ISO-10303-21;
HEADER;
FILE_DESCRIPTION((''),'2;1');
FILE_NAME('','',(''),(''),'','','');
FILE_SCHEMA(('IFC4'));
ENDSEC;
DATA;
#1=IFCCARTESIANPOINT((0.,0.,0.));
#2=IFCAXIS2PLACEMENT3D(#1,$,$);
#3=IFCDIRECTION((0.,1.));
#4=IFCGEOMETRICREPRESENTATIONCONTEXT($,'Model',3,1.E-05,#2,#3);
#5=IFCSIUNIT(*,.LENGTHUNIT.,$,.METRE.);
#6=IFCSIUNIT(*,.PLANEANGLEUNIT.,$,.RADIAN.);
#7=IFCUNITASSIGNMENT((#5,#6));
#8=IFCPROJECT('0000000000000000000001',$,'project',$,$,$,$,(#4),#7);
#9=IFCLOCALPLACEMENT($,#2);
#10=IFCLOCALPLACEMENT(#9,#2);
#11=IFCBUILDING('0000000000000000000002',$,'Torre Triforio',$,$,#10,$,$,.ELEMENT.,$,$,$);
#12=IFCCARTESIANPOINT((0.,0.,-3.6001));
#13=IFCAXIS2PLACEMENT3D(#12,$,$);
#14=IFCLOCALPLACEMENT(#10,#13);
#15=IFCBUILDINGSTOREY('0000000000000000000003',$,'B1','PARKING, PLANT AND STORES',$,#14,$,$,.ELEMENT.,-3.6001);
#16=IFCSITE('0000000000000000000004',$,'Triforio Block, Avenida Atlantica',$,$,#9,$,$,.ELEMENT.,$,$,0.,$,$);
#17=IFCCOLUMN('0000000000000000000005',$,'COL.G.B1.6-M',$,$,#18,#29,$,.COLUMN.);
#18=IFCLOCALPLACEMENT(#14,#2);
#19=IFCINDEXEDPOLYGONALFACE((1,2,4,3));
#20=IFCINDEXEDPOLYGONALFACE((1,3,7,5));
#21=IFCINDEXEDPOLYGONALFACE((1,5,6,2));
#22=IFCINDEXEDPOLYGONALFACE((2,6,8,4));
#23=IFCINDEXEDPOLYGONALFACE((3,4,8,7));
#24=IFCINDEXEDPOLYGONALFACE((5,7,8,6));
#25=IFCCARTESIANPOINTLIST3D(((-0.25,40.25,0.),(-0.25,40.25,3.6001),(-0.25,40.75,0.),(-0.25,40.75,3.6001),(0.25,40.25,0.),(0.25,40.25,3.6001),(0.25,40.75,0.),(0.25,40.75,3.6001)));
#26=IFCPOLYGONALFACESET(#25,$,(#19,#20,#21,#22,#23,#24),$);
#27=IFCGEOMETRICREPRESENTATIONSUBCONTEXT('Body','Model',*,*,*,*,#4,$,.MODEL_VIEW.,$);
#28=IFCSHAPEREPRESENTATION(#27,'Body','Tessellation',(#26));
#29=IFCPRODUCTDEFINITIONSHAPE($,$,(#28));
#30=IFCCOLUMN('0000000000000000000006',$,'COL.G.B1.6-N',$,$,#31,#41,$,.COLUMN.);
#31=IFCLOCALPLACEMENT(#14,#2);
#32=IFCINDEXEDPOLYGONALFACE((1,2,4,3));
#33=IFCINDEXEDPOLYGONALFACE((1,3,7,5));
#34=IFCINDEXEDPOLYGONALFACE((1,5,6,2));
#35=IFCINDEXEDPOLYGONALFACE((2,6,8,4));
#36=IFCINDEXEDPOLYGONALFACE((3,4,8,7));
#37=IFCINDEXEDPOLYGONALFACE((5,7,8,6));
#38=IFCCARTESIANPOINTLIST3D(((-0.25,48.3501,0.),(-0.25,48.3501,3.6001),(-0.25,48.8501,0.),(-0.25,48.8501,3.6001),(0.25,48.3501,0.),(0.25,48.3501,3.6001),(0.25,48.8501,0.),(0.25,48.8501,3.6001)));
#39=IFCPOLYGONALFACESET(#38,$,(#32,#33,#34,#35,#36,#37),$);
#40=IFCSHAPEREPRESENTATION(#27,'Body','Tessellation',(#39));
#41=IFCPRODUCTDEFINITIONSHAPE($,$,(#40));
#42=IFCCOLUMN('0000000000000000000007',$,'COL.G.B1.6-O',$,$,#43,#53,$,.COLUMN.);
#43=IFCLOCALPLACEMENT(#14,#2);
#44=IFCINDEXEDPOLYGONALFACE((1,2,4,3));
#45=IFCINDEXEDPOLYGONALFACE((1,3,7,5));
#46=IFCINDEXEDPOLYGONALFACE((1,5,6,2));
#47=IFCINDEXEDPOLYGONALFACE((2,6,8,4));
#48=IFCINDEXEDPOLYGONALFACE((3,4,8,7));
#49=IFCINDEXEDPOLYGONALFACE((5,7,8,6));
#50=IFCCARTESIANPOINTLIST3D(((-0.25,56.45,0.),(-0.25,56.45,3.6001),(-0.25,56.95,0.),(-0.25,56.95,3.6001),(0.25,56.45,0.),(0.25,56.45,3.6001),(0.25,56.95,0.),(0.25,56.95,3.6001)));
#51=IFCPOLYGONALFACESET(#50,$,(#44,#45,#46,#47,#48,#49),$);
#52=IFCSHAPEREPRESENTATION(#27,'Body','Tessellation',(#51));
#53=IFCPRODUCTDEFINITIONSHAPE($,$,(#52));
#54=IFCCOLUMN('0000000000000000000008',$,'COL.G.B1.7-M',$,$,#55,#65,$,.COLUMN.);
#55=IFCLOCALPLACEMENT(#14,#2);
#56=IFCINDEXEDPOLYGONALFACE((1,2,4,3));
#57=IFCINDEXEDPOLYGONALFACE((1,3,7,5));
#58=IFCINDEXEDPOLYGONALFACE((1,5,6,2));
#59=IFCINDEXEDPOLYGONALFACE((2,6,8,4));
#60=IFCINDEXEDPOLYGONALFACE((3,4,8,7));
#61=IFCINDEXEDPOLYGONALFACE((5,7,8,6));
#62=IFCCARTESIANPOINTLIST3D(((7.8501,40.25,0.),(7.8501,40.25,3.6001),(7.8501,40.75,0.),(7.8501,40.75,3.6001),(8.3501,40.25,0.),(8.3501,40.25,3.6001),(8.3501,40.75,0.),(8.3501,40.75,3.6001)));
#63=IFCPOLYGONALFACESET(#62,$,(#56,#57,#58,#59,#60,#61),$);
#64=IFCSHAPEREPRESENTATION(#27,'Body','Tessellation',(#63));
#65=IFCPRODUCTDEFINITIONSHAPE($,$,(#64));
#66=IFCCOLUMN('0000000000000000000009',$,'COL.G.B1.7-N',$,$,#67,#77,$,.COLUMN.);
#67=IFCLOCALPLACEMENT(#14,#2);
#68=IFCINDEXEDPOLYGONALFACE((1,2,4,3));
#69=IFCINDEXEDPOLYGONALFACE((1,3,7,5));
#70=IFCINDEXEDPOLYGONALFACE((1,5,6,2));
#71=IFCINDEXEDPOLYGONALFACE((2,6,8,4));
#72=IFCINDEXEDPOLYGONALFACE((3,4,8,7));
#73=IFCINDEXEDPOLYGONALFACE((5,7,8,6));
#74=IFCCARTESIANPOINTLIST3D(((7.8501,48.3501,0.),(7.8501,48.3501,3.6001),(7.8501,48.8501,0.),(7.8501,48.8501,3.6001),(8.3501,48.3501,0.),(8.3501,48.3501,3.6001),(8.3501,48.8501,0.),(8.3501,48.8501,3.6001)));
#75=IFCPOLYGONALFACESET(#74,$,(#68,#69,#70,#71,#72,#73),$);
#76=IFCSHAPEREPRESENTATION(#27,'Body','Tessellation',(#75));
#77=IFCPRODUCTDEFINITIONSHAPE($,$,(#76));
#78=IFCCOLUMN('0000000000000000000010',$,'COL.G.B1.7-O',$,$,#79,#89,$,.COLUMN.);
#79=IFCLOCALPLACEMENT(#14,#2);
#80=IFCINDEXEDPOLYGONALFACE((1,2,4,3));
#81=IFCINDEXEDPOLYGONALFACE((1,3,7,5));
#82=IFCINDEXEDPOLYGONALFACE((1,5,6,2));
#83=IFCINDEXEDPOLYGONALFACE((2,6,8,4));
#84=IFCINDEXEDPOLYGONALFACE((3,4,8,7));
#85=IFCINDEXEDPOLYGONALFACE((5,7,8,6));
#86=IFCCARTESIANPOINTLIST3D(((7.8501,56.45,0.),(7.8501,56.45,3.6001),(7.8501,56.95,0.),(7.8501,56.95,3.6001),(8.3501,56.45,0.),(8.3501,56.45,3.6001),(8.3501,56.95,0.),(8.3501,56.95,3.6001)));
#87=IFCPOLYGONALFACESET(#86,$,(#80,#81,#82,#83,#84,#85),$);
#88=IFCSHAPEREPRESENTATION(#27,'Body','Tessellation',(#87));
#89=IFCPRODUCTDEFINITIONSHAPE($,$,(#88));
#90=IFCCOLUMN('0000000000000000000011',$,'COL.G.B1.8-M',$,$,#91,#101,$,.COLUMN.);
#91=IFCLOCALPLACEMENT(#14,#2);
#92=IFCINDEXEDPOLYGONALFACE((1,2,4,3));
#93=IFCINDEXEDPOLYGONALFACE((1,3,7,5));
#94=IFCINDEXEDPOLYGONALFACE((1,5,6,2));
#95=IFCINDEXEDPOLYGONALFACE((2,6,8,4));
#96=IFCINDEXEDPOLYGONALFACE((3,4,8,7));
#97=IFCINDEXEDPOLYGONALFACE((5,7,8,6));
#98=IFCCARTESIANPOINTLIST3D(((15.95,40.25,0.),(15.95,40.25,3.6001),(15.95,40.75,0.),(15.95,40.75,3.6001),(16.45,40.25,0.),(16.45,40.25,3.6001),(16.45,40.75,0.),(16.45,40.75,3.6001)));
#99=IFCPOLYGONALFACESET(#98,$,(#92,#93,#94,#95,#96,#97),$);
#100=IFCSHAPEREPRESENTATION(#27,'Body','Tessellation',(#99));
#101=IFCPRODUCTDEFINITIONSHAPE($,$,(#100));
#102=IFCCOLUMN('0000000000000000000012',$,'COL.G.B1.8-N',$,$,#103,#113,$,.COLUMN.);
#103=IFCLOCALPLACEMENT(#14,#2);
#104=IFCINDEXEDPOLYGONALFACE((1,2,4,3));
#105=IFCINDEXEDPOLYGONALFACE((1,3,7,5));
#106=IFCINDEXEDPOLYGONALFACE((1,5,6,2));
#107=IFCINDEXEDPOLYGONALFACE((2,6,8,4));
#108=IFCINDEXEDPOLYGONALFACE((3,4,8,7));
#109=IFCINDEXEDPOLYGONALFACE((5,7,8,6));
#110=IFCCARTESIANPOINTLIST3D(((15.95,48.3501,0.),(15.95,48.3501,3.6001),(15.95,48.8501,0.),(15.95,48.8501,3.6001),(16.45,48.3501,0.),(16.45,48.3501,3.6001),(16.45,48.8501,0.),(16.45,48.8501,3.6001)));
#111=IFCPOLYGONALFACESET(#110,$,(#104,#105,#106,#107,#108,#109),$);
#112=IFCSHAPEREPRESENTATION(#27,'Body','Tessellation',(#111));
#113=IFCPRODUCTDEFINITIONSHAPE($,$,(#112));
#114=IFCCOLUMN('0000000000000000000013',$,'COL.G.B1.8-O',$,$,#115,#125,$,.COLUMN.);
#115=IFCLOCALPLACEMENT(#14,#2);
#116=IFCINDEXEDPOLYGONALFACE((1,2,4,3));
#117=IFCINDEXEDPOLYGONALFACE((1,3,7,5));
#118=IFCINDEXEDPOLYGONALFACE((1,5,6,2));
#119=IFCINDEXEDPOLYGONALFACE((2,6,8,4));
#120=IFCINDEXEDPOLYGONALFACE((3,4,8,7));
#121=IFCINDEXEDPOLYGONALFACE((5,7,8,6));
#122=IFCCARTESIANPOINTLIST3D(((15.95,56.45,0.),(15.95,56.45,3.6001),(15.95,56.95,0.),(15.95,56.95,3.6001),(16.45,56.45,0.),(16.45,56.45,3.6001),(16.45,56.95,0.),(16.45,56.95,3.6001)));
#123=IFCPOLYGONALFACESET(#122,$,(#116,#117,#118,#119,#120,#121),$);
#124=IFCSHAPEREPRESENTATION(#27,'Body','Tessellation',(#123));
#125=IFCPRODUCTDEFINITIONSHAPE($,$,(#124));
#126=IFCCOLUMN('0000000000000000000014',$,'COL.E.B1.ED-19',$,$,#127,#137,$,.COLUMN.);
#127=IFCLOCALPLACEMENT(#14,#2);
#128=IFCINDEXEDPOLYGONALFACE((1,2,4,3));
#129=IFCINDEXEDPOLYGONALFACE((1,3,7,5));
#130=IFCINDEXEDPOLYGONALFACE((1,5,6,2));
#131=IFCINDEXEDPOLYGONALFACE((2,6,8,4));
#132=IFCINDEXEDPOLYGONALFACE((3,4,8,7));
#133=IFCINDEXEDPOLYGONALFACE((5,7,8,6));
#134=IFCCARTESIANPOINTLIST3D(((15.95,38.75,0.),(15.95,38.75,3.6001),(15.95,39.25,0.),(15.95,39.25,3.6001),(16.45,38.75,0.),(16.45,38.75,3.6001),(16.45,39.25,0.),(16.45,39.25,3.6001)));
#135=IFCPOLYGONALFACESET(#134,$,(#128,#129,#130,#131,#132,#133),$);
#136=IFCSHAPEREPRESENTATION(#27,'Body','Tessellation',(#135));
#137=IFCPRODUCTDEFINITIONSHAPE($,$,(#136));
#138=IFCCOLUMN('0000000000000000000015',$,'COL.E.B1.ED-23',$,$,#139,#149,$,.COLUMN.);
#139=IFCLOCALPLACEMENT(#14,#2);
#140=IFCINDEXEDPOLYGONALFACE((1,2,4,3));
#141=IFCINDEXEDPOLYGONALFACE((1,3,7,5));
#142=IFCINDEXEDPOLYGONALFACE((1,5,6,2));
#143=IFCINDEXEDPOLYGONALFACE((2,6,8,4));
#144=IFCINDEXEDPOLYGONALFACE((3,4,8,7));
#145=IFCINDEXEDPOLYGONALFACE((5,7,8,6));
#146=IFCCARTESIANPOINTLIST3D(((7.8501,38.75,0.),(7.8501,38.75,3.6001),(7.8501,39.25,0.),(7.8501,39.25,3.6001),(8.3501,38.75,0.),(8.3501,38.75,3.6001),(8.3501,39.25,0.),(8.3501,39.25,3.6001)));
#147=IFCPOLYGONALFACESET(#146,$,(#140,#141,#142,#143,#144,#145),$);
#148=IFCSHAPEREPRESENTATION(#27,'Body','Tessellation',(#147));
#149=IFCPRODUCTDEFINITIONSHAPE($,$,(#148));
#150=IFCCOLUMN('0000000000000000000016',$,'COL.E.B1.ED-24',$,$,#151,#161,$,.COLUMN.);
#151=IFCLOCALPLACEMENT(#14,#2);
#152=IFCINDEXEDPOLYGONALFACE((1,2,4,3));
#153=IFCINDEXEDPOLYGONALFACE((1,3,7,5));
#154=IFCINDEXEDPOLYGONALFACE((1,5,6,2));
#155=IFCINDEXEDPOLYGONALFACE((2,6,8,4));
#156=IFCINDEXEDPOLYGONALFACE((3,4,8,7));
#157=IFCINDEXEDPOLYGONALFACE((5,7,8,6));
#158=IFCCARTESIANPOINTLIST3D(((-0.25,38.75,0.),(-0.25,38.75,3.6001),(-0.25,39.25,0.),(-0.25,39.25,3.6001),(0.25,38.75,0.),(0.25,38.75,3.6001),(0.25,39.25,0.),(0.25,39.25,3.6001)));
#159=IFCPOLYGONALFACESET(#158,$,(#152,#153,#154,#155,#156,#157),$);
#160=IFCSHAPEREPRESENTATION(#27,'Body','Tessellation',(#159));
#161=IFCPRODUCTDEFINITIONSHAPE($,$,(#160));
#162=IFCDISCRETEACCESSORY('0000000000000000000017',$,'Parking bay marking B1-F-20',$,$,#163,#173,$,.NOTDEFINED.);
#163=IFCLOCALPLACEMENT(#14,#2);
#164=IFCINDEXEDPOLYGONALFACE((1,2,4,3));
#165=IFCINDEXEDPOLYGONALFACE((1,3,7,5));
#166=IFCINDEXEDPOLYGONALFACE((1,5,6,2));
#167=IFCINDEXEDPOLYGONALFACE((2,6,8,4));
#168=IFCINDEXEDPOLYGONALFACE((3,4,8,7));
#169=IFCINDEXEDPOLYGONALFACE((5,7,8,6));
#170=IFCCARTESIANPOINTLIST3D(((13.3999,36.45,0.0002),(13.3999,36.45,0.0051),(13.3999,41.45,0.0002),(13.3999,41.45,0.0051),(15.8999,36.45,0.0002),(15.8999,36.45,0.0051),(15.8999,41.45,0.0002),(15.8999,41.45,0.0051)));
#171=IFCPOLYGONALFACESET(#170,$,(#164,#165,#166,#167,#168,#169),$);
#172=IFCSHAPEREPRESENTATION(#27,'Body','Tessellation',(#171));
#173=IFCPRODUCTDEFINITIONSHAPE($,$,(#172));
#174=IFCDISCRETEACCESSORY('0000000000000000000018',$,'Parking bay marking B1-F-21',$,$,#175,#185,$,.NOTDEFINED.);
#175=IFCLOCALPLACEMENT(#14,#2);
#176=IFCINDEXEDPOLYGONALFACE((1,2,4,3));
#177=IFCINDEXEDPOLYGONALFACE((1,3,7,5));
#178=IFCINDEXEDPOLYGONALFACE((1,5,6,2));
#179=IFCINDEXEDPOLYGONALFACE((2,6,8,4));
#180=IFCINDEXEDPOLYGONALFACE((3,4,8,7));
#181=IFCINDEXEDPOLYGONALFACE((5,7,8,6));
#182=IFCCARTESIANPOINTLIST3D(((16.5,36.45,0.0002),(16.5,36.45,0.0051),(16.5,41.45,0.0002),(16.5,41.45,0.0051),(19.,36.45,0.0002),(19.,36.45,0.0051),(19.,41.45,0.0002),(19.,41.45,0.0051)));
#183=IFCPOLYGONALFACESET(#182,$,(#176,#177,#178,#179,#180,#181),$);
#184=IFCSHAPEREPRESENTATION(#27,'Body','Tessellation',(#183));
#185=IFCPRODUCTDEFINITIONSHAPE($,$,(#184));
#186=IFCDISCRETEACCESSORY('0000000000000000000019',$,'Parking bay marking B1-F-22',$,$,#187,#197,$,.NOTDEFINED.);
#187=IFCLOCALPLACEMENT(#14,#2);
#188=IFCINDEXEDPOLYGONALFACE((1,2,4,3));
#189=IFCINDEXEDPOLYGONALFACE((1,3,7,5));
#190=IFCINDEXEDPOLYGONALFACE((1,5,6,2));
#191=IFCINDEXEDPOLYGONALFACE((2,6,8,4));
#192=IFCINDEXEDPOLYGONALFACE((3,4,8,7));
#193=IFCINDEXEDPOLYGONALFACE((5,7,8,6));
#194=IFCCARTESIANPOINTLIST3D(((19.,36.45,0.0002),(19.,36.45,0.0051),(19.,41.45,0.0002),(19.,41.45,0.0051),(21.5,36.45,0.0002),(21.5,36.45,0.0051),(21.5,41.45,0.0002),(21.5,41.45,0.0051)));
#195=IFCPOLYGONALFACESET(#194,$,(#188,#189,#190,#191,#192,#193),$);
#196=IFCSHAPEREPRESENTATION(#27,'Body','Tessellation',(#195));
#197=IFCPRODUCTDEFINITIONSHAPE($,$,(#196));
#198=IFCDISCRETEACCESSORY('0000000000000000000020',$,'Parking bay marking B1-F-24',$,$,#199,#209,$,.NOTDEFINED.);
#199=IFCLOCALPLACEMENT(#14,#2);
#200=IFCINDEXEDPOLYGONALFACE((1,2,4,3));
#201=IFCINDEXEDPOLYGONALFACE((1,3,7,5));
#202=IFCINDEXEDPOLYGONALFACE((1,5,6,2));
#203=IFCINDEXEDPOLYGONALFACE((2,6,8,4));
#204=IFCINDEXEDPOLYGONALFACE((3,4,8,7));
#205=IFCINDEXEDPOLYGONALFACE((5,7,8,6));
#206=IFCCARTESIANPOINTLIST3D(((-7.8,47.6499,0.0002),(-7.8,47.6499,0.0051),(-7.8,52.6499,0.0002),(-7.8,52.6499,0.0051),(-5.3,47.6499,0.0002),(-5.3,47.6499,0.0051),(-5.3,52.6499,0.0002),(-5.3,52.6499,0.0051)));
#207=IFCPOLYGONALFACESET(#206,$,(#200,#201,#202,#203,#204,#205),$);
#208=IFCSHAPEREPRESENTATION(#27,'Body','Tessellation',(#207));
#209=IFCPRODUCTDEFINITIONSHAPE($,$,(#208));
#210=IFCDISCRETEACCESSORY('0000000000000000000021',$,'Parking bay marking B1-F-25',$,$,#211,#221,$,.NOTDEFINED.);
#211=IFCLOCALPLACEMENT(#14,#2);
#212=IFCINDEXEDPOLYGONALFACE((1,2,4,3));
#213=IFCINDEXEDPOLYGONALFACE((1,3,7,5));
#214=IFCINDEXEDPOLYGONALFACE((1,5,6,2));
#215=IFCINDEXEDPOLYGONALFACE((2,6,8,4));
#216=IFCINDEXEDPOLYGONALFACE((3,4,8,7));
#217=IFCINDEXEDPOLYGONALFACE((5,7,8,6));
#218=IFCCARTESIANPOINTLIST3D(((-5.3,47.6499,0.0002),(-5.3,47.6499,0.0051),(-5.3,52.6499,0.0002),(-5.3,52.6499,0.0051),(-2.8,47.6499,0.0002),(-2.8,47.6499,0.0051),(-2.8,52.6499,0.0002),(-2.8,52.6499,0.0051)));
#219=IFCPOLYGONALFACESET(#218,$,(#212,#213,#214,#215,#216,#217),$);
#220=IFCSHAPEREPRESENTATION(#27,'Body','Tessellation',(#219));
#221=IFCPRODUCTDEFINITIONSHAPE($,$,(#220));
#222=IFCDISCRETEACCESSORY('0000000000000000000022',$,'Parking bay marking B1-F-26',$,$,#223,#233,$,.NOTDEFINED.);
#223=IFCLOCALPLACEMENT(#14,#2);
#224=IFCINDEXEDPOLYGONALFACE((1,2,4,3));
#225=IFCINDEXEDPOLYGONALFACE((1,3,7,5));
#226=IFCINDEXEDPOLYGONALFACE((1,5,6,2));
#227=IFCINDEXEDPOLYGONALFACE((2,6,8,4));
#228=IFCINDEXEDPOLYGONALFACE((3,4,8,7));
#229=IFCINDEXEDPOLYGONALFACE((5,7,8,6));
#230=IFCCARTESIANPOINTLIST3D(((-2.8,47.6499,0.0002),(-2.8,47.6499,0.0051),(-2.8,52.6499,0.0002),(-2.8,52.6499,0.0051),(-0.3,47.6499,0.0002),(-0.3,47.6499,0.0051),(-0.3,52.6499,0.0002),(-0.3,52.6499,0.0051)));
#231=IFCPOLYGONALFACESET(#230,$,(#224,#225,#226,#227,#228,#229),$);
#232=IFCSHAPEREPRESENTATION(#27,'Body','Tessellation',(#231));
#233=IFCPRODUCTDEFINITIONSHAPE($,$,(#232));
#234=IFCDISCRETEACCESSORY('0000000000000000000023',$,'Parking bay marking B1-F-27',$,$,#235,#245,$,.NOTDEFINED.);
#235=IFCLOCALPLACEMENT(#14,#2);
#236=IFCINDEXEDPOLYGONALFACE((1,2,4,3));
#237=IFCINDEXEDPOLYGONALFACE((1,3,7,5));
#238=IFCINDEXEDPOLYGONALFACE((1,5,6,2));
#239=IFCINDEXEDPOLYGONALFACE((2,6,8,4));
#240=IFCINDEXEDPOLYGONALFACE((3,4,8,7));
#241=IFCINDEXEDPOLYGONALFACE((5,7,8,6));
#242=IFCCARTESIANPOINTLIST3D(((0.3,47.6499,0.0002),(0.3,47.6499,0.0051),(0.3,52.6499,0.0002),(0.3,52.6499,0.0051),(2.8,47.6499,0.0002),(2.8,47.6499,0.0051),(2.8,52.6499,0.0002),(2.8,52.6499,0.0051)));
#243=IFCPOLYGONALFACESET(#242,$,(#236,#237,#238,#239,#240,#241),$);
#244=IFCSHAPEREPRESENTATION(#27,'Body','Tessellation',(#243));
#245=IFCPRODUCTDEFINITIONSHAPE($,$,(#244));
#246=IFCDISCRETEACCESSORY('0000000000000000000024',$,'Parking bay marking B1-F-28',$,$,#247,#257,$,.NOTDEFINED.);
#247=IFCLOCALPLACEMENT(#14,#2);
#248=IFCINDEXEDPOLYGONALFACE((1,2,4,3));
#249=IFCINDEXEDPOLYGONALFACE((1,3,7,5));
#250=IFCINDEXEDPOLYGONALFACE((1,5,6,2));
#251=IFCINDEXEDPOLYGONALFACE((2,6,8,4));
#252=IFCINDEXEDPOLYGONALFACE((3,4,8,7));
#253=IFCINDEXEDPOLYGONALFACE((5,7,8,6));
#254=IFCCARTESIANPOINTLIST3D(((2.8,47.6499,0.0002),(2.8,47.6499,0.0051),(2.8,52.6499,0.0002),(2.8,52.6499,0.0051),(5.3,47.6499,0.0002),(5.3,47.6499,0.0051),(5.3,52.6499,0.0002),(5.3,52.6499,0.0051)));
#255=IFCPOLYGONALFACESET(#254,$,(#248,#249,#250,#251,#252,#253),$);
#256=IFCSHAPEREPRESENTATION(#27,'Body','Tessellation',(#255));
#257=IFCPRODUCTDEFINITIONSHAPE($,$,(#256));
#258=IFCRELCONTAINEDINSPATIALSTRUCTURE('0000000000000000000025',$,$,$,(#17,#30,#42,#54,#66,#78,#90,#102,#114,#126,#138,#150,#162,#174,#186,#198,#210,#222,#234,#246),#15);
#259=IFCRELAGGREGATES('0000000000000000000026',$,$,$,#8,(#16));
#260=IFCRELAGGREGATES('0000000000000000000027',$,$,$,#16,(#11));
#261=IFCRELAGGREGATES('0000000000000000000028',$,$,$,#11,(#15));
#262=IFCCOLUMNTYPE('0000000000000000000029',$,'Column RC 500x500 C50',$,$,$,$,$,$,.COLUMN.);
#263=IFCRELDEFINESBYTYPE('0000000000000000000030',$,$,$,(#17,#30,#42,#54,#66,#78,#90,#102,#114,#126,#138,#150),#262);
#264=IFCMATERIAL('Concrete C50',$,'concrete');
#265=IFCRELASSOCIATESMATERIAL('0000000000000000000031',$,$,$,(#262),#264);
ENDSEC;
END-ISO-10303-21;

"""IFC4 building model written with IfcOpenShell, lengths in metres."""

from ifc_helpers import new_model, si_unit, direction, frame, origin, origin_2d, place, context, subcontext, project, spatial, rectangle, extrude, material, material_profile, profile_set, type_object, element, save


model = new_model("IFC4")

# Units and contexts
model_context = context("Model", 3, precision=1e-05, world=origin(), true_north=direction((0.0, 1.0)))
body_context = subcontext(model_context, "Body", "Model", "MODEL_VIEW")
ifc_project = project(units=[si_unit("LENGTHUNIT", "METRE"), si_unit("PLANEANGLEUNIT", "RADIAN")], contexts=[model_context])

# Site, building, storey
site_placement = place(None, origin())
site = spatial("IfcSite", under=ifc_project, at=site_placement, Name="Triforio Block, Avenida Atlantica", CompositionType="ELEMENT", RefElevation=0.0)
building_placement = place(site_placement, origin())
building = spatial("IfcBuilding", under=site, at=building_placement, Name="Torre Triforio", CompositionType="ELEMENT")
storey_placement = place(building_placement, frame((0.0, 0.0, -3.6001)))
storey = spatial("IfcBuildingStorey", under=building, at=storey_placement, Name="B1", Description="PARKING, PLANT AND STORES", CompositionType="ELEMENT", Elevation=-3.6001)

# Columns
ifc_material = material(Name="Concrete C50", Category="concrete")
ifc_material_profile = material_profile(ifc_material, rectangle(XDim=0.5, YDim=0.5, at=origin_2d()), Name="RC 500x500")
ifc_profile_set = profile_set([ifc_material_profile], Name="Concrete C50")
column_type = type_object("IfcColumnType", Name="Column RC 500x500 C50", PredefinedType="COLUMN", material=ifc_profile_set)
for number, where, z_axis, x_axis, name in (
    (1, (0.0, 40.5, 0.0), (0.0, 0.0, 1.0), (1.0, 0.0, 0.0), "COL.G.B1.6-M"),
    (2, (0.0, 48.6001, 0.0), (0.0, 0.0, 1.0), (1.0, 0.0, 0.0), "COL.G.B1.6-N"),
    (3, (0.0, 56.7, 0.0), (0.0, 0.0, 1.0), (1.0, 0.0, 0.0), "COL.G.B1.6-O"),
    (4, (8.1001, 40.5, 0.0), (0.0, 0.0, 1.0), (1.0, 0.0, 0.0), "COL.G.B1.7-M"),
    (5, (8.1001, 48.6001, 0.0), (0.0, 0.0, 1.0), (1.0, 0.0, 0.0), "COL.G.B1.7-N"),
    (6, (8.1001, 56.7, 0.0), (0.0, 0.0, 1.0), (1.0, 0.0, 0.0), "COL.G.B1.7-O"),
    (7, (16.2, 40.5, 0.0), (0.0, 0.0, 1.0), (1.0, 0.0, 0.0), "COL.G.B1.8-M"),
    (8, (16.2, 48.6001, 0.0), (0.0, 0.0, 1.0), (1.0, 0.0, 0.0), "COL.G.B1.8-N"),
    (9, (16.2, 56.7, 0.0), (0.0, 0.0, 1.0), (1.0, 0.0, 0.0), "COL.G.B1.8-O"),
    (10, (16.2, 39.0, 0.0), (0.0, 0.0, 1.0), (1.0, 0.0, 0.0), "COL.E.B1.ED-19"),
    (11, (8.1001, 39.0, 0.0), (0.0, 0.0, 1.0), (1.0, 0.0, 0.0), "COL.E.B1.ED-23"),
    (12, (0.0, 39.0, 0.0), (0.0, 0.0, 1.0), (1.0, 0.0, 0.0), "COL.E.B1.ED-24"),
):
    element("IfcColumn", number, at=place(storey_placement, frame(where, z_axis=z_axis, x_axis=x_axis)), inside=storey, type_object=column_type, Name=name, PredefinedType="COLUMN", context=body_context, shape_type="SweptSolid", body=[
        extrude(rectangle(XDim=0.5, YDim=0.5, at=origin_2d()), origin(), (0.0, 0.0, 1.0), 3.6001),
    ])

# Discrete accessories
for number, where, z_axis, x_axis, name in (
    (13, (14.6499, 38.95, 0.0002), (0.0, 0.0, 1.0), (1.0, 0.0, 0.0), "Parking bay marking B1-F-20"),
    (14, (17.75, 38.95, 0.0002), (0.0, 0.0, 1.0), (1.0, 0.0, 0.0), "Parking bay marking B1-F-21"),
    (15, (20.25, 38.95, 0.0002), (0.0, 0.0, 1.0), (1.0, 0.0, 0.0), "Parking bay marking B1-F-22"),
    (16, (-6.55, 50.1499, 0.0002), (0.0, 0.0, 1.0), (1.0, 0.0, 0.0), "Parking bay marking B1-F-24"),
    (17, (-4.05, 50.1499, 0.0002), (0.0, 0.0, 1.0), (1.0, 0.0, 0.0), "Parking bay marking B1-F-25"),
    (18, (-1.55, 50.1499, 0.0002), (0.0, 0.0, 1.0), (1.0, 0.0, 0.0), "Parking bay marking B1-F-26"),
    (19, (1.55, 50.1499, 0.0002), (0.0, 0.0, 1.0), (1.0, 0.0, 0.0), "Parking bay marking B1-F-27"),
    (20, (4.05, 50.1499, 0.0002), (0.0, 0.0, 1.0), (1.0, 0.0, 0.0), "Parking bay marking B1-F-28"),
):
    element("IfcDiscreteAccessory", number, at=place(storey_placement, frame(where, z_axis=z_axis, x_axis=x_axis)), inside=storey, Name=name, PredefinedType="NOTDEFINED", context=body_context, shape_type="SweptSolid", body=[
        extrude(rectangle(XDim=2.5, YDim=5.0, at=origin_2d()), origin(), (0.0, 0.0, 1.0), 0.0049),
    ])

save(model, "model.ifc")
